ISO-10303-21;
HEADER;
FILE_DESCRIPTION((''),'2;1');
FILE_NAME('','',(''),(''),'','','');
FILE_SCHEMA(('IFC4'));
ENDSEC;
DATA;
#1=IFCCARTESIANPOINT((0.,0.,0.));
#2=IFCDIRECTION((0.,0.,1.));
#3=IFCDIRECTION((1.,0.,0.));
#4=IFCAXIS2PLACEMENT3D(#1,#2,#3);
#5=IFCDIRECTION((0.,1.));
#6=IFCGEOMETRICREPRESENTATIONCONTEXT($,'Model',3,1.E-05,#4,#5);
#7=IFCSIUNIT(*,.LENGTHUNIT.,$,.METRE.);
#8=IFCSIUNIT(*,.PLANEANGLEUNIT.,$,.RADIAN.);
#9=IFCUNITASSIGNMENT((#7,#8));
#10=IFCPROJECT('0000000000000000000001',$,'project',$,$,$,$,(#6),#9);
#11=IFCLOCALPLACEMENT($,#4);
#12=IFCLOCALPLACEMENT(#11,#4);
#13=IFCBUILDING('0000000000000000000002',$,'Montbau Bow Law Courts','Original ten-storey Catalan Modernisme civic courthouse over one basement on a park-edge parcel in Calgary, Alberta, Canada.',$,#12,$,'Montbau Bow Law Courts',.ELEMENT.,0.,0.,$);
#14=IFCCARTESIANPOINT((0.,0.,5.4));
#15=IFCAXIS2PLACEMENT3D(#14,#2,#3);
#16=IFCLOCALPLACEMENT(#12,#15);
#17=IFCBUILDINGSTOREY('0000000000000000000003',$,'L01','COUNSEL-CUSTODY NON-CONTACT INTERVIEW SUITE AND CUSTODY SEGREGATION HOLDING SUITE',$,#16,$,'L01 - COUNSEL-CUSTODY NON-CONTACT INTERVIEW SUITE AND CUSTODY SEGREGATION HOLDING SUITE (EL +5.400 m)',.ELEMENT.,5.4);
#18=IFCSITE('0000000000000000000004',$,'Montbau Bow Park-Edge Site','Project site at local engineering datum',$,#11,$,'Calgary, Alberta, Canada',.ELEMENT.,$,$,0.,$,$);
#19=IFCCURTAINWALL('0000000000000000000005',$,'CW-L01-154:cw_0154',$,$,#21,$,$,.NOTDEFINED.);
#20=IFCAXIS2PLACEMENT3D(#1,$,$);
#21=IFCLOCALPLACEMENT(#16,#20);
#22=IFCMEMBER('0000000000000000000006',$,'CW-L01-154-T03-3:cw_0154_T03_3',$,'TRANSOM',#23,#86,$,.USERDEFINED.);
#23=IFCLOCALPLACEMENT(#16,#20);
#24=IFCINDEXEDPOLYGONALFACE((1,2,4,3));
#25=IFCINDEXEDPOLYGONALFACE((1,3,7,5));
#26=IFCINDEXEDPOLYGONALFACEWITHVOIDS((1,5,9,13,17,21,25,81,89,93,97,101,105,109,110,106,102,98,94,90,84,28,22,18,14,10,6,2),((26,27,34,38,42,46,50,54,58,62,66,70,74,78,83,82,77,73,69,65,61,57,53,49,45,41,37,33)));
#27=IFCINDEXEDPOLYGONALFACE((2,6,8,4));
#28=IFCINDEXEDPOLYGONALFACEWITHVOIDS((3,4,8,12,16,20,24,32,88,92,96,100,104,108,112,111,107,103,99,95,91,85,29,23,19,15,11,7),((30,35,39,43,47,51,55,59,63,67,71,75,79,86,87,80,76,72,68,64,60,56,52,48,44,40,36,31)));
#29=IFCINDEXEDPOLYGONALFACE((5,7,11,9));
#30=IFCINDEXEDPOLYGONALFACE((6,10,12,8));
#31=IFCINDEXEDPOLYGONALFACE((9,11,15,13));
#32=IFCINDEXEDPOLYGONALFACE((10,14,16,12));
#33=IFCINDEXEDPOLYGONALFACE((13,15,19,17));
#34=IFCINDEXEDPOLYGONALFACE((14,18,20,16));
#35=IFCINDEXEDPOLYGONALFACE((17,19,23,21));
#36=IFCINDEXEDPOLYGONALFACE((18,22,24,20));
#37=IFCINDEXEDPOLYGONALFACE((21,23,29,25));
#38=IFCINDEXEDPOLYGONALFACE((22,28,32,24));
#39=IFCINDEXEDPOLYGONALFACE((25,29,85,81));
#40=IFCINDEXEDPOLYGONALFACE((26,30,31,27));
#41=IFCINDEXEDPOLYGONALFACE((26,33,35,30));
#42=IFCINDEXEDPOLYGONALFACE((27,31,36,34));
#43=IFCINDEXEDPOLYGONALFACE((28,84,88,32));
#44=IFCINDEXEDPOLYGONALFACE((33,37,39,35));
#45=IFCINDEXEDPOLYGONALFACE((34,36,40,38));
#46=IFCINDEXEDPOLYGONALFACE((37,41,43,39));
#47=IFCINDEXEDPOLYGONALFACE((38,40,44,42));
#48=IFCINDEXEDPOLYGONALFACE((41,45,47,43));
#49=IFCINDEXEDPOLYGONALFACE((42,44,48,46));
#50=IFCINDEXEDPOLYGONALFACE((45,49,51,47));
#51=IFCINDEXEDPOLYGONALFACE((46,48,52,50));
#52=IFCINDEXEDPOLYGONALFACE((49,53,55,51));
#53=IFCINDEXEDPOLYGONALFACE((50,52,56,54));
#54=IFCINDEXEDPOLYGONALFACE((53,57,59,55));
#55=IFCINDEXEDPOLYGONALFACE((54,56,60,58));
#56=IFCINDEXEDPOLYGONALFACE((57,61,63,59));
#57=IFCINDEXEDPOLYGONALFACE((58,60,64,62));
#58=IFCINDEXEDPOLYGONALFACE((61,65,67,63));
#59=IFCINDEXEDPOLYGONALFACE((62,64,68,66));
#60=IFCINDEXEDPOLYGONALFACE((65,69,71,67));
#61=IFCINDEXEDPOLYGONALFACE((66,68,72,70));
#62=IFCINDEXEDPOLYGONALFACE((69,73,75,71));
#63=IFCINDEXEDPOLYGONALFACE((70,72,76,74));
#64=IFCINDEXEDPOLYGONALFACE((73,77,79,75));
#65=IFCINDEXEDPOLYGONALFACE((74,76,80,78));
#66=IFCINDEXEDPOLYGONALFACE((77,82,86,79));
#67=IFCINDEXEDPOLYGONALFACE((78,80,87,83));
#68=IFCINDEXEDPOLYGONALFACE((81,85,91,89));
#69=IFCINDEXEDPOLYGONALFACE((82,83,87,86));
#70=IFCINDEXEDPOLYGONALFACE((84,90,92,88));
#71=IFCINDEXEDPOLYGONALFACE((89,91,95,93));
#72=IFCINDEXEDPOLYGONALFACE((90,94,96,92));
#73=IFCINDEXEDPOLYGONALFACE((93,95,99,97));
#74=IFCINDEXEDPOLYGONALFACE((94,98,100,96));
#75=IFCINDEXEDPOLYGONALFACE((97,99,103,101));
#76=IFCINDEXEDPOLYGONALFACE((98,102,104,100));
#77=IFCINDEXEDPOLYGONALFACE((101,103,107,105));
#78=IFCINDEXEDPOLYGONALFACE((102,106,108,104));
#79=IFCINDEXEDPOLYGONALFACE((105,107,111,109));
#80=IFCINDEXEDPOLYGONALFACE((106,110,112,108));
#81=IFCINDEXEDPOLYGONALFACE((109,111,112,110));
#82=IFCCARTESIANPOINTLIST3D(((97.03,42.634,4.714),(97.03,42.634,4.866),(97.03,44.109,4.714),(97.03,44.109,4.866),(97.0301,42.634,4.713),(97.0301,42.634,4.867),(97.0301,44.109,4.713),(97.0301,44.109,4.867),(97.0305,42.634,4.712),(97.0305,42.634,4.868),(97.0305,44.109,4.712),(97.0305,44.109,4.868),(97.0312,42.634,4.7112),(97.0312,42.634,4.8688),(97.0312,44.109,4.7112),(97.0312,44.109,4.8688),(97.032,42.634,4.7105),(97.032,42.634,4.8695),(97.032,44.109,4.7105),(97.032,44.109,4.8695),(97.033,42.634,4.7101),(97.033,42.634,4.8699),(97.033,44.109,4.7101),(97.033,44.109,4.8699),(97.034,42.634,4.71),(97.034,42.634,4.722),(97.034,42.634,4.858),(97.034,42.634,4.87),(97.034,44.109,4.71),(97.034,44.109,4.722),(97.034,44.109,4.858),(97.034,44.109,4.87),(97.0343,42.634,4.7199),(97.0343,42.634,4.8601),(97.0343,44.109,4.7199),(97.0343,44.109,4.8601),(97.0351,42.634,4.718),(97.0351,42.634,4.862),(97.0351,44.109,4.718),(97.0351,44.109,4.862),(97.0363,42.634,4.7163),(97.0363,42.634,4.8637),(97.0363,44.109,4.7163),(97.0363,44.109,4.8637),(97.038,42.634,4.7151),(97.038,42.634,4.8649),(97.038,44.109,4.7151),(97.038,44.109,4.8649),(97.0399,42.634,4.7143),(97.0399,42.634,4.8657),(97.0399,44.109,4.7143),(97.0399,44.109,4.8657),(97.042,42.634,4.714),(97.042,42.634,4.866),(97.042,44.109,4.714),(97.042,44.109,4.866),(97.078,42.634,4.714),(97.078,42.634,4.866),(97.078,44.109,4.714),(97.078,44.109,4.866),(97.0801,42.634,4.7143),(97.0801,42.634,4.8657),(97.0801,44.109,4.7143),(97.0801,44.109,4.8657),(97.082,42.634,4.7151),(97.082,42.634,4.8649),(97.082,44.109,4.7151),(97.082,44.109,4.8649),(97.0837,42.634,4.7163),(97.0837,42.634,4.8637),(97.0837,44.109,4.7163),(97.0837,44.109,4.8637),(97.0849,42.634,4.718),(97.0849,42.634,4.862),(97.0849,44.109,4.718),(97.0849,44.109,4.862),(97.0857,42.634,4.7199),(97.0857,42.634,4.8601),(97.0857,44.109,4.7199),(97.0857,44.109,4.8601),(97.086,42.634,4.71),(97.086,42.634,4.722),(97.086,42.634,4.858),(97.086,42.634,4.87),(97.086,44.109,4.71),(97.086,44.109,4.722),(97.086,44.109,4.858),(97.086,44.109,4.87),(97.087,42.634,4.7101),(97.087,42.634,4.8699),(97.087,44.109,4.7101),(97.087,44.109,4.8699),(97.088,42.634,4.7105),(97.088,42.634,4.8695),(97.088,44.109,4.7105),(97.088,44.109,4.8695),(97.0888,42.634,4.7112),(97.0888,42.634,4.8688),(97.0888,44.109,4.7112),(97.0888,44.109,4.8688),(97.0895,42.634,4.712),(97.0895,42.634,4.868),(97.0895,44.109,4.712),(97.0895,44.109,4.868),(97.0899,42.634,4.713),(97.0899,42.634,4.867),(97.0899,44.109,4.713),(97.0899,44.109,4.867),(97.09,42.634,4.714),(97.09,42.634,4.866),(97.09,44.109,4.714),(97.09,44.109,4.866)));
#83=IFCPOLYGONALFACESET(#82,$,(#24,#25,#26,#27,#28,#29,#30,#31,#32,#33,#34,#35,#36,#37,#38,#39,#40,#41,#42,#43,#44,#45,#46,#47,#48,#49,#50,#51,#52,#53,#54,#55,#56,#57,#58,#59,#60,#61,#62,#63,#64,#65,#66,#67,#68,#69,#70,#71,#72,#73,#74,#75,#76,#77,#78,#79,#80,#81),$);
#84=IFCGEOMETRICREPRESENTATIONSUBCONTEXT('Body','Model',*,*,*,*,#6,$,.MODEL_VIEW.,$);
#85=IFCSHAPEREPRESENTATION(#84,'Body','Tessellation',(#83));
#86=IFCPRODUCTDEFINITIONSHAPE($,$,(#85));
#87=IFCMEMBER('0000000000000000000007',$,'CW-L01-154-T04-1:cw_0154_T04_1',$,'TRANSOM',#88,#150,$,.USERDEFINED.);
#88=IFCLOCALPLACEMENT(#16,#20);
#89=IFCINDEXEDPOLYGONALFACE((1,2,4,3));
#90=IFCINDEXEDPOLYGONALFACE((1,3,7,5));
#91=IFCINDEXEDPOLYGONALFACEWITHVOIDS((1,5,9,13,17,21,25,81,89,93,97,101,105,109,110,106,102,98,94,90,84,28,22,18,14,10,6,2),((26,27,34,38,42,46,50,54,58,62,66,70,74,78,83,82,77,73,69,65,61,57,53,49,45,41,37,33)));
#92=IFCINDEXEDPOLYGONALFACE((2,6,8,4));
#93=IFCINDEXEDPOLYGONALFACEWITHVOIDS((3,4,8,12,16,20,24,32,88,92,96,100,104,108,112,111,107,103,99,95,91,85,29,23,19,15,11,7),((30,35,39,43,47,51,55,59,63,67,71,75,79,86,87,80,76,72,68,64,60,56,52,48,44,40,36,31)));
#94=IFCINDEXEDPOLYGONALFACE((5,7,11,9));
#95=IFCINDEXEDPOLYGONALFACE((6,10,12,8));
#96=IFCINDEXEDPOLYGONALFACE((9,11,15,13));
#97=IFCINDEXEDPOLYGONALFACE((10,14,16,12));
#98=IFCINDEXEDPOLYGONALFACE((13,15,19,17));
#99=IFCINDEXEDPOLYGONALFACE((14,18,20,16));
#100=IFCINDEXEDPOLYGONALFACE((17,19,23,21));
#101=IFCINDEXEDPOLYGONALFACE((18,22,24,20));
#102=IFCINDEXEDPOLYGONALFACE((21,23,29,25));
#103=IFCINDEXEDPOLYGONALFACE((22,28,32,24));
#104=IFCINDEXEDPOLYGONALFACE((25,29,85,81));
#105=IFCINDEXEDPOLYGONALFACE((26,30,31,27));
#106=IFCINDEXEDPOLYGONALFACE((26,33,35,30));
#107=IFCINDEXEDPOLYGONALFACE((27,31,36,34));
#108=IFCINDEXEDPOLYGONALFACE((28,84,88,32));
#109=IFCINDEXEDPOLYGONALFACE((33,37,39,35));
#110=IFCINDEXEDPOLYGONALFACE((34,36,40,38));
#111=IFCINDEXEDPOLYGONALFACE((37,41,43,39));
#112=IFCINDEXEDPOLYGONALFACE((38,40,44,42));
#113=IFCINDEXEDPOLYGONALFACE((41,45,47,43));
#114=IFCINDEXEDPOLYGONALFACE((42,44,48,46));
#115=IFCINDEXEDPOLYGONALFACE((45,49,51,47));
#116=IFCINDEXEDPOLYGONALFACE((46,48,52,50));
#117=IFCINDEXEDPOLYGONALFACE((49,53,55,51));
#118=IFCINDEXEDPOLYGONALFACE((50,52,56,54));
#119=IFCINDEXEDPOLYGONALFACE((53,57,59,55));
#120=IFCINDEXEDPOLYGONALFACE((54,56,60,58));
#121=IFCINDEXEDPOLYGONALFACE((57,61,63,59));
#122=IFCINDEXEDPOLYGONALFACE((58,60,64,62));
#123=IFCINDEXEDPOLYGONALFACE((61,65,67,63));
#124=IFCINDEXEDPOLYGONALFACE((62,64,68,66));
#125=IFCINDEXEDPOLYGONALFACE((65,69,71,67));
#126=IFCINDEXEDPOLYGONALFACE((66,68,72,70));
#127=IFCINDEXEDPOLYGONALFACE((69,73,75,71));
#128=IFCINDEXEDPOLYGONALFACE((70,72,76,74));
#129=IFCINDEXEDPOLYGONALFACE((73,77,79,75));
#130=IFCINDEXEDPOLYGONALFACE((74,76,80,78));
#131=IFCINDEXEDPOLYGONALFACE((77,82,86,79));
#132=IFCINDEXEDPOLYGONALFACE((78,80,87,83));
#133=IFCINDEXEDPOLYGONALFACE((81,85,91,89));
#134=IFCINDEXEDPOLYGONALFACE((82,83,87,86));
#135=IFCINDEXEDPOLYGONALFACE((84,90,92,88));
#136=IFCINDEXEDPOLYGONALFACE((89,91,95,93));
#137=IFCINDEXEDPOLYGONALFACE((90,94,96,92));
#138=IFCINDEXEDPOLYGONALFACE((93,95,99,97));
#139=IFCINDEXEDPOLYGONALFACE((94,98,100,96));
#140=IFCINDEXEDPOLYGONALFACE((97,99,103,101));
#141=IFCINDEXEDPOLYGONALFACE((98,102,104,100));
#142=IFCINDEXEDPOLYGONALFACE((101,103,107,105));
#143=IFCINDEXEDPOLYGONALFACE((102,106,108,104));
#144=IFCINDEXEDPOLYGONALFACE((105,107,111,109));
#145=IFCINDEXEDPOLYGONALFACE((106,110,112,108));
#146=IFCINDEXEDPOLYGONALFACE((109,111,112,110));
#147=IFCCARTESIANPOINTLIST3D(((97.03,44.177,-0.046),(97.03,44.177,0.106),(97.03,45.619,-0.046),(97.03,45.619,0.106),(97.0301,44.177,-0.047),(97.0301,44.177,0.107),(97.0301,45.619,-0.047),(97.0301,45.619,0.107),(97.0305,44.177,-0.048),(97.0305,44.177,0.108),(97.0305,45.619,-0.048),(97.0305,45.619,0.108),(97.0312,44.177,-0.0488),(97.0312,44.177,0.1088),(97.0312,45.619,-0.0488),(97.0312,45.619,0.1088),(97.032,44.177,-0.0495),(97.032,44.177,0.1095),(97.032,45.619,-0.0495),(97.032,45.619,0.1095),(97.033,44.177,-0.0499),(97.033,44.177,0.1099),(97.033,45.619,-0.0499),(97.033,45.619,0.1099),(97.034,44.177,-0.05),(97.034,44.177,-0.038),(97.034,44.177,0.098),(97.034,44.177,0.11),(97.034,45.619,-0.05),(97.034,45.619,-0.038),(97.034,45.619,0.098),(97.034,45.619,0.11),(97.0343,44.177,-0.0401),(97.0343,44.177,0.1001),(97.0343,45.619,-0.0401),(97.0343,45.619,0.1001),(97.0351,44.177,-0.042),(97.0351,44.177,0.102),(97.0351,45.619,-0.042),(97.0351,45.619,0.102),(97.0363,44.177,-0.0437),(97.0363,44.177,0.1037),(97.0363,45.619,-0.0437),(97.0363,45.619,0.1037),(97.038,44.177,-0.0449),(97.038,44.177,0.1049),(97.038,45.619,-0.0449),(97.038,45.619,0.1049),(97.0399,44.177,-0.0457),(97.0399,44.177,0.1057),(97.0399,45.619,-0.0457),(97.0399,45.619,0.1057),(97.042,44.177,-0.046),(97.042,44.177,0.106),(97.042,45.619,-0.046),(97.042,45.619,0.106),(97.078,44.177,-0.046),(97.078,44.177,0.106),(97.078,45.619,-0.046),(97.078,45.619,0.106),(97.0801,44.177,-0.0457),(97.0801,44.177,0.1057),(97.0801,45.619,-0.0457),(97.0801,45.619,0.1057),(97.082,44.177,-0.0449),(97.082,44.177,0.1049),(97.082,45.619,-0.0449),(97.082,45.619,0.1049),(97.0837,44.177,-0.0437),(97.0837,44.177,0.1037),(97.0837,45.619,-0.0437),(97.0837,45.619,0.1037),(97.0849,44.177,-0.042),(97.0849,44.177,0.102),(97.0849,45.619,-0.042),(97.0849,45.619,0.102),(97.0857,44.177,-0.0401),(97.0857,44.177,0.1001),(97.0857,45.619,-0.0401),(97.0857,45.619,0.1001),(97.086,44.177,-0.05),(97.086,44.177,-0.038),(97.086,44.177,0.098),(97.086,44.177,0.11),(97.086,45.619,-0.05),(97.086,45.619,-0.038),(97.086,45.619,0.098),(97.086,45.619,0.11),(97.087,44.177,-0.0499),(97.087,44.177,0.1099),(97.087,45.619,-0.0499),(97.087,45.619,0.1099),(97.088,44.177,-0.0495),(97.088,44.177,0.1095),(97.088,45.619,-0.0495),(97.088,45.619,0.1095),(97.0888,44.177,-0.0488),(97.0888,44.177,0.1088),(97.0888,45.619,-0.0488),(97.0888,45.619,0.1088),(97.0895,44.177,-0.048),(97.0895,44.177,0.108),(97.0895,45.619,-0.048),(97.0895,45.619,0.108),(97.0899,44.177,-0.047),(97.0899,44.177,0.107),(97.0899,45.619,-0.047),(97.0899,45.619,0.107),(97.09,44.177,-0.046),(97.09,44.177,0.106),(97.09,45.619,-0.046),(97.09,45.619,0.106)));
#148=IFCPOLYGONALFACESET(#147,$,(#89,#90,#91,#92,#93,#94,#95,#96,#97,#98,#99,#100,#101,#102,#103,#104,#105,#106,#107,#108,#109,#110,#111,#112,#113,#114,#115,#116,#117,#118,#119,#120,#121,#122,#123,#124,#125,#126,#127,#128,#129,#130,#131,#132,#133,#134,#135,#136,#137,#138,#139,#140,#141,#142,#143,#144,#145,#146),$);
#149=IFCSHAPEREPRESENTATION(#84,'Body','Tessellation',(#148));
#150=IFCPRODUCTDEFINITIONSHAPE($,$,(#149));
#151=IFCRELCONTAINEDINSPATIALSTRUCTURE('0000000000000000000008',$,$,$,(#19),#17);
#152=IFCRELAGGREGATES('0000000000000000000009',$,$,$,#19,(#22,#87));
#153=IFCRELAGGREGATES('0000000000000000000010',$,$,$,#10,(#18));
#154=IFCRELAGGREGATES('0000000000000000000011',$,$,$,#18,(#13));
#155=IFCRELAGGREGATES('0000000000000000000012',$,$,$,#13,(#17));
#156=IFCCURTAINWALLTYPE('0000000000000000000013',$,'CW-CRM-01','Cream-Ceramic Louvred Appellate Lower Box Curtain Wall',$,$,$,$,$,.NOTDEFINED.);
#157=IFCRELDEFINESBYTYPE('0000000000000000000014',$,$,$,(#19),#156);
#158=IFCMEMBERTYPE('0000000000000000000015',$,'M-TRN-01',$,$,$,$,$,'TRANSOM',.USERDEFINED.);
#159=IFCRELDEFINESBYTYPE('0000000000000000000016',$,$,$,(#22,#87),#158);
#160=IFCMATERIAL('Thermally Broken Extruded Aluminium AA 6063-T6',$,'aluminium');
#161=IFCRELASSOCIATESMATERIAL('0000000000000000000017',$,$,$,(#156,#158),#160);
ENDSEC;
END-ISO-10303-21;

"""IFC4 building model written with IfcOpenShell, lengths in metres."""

from ifc_helpers import new_model, si_unit, direction, frame, origin_with_axes, origin_2d_with_axis, place, context, subcontext, project, spatial, hollow_rectangle, extrude, material, material_profile, profile_set, type_object, element, aggregate, save


model = new_model("IFC4")

# Units and contexts
model_context = context("Model", 3, precision=1e-05, world=origin_with_axes(), true_north=direction((0.0, 1.0)))
body_context = subcontext(model_context, "Body", "Model", "MODEL_VIEW")
ifc_project = project(units=[si_unit("LENGTHUNIT", "METRE"), si_unit("PLANEANGLEUNIT", "RADIAN")], contexts=[model_context])

# Site, building, storey
site_placement = place(None, origin_with_axes())
site = spatial("IfcSite", under=ifc_project, at=site_placement, Name="Montbau Bow Park-Edge Site", Description="Project site at local engineering datum", LongName="Calgary, Alberta, Canada", CompositionType="ELEMENT", RefElevation=0.0)
building_placement = place(site_placement, origin_with_axes())
building = spatial("IfcBuilding", under=site, at=building_placement, Name="Montbau Bow Law Courts", Description="Original ten-storey Catalan Modernisme civic courthouse over one basement on a park-edge parcel in Calgary, Alberta, Canada.", LongName="Montbau Bow Law Courts", CompositionType="ELEMENT", ElevationOfRefHeight=0.0, ElevationOfTerrain=0.0)
storey_placement = place(building_placement, frame((0.0, 0.0, 5.4), z_axis=(0.0, 0.0, 1.0), x_axis=(1.0, 0.0, 0.0)))
storey = spatial("IfcBuildingStorey", under=building, at=storey_placement, Name="L01", Description="COUNSEL-CUSTODY NON-CONTACT INTERVIEW SUITE AND CUSTODY SEGREGATION HOLDING SUITE", LongName="L01 - COUNSEL-CUSTODY NON-CONTACT INTERVIEW SUITE AND CUSTODY SEGREGATION HOLDING SUITE (EL +5.400 m)", CompositionType="ELEMENT", Elevation=5.4)

# Curtain wall
ifc_material_1 = material(Name="Thermally Broken Extruded Aluminium AA 6063-T6", Category="aluminium")
curtain_wall_type = type_object("IfcCurtainWallType", Name="CW-CRM-01", Description="Cream-Ceramic Louvred Appellate Lower Box Curtain Wall", PredefinedType="NOTDEFINED", material=ifc_material_1)
curtain_wall_1_placement = place(None, frame((97.06, 39.515, 5.4), z_axis=(0.0, 0.0, 1.0), x_axis=(1.0, 0.0, 0.0)))
curtain_wall_1 = element("IfcCurtainWall", 1, at=curtain_wall_1_placement, inside=storey, type_object=curtain_wall_type, Name="CW-L01-154:cw_0154", PredefinedType="NOTDEFINED")

# Members
ifc_material_profile_1 = material_profile(ifc_material_1, hollow_rectangle(XDim=0.06, YDim=0.16, WallThickness=0.004, InnerFilletRadius=0.008, OuterFilletRadius=0.004, at=origin_2d_with_axis()), Name="CWT-160X60", Category="Main", Priority=0)
ifc_profile_set_1 = profile_set([ifc_material_profile_1], Name="Thermally Broken Extruded Aluminium AA 6063-T6")
member_type_1 = type_object("IfcMemberType", Name="M-TRN-01", ElementType="TRANSOM", PredefinedType="USERDEFINED", material=ifc_profile_set_1)
member_1_placement = place(None, frame((97.06, 42.634, 10.19), z_axis=(0.0, 1.0, 0.0), x_axis=(-1.0, 0.0, 0.0)))
member_1 = element("IfcMember", 2, at=member_1_placement, type_object=member_type_1, Name="CW-L01-154-T03-3:cw_0154_T03_3", ObjectType="TRANSOM", PredefinedType="USERDEFINED", context=body_context, shape_type="SweptSolid", body=[
    extrude(hollow_rectangle(XDim=0.06, YDim=0.16, WallThickness=0.004, InnerFilletRadius=0.008, OuterFilletRadius=0.004, at=origin_2d_with_axis()), origin_with_axes(), (0.0, 0.0, 1.0), 1.475),
])
member_2_placement = place(None, frame((97.06, 44.177, 5.43), z_axis=(0.0, 1.0, 0.0), x_axis=(-1.0, 0.0, 0.0)))
member_2 = element("IfcMember", 3, at=member_2_placement, type_object=member_type_1, Name="CW-L01-154-T04-1:cw_0154_T04_1", ObjectType="TRANSOM", PredefinedType="USERDEFINED", context=body_context, shape_type="SweptSolid", body=[
    extrude(hollow_rectangle(XDim=0.06, YDim=0.16, WallThickness=0.004, InnerFilletRadius=0.008, OuterFilletRadius=0.004, at=origin_2d_with_axis()), origin_with_axes(), (0.0, 0.0, 1.0), 1.442),
])

aggregate(curtain_wall_1, [member_1, member_2])

save(model, "model.ifc")
